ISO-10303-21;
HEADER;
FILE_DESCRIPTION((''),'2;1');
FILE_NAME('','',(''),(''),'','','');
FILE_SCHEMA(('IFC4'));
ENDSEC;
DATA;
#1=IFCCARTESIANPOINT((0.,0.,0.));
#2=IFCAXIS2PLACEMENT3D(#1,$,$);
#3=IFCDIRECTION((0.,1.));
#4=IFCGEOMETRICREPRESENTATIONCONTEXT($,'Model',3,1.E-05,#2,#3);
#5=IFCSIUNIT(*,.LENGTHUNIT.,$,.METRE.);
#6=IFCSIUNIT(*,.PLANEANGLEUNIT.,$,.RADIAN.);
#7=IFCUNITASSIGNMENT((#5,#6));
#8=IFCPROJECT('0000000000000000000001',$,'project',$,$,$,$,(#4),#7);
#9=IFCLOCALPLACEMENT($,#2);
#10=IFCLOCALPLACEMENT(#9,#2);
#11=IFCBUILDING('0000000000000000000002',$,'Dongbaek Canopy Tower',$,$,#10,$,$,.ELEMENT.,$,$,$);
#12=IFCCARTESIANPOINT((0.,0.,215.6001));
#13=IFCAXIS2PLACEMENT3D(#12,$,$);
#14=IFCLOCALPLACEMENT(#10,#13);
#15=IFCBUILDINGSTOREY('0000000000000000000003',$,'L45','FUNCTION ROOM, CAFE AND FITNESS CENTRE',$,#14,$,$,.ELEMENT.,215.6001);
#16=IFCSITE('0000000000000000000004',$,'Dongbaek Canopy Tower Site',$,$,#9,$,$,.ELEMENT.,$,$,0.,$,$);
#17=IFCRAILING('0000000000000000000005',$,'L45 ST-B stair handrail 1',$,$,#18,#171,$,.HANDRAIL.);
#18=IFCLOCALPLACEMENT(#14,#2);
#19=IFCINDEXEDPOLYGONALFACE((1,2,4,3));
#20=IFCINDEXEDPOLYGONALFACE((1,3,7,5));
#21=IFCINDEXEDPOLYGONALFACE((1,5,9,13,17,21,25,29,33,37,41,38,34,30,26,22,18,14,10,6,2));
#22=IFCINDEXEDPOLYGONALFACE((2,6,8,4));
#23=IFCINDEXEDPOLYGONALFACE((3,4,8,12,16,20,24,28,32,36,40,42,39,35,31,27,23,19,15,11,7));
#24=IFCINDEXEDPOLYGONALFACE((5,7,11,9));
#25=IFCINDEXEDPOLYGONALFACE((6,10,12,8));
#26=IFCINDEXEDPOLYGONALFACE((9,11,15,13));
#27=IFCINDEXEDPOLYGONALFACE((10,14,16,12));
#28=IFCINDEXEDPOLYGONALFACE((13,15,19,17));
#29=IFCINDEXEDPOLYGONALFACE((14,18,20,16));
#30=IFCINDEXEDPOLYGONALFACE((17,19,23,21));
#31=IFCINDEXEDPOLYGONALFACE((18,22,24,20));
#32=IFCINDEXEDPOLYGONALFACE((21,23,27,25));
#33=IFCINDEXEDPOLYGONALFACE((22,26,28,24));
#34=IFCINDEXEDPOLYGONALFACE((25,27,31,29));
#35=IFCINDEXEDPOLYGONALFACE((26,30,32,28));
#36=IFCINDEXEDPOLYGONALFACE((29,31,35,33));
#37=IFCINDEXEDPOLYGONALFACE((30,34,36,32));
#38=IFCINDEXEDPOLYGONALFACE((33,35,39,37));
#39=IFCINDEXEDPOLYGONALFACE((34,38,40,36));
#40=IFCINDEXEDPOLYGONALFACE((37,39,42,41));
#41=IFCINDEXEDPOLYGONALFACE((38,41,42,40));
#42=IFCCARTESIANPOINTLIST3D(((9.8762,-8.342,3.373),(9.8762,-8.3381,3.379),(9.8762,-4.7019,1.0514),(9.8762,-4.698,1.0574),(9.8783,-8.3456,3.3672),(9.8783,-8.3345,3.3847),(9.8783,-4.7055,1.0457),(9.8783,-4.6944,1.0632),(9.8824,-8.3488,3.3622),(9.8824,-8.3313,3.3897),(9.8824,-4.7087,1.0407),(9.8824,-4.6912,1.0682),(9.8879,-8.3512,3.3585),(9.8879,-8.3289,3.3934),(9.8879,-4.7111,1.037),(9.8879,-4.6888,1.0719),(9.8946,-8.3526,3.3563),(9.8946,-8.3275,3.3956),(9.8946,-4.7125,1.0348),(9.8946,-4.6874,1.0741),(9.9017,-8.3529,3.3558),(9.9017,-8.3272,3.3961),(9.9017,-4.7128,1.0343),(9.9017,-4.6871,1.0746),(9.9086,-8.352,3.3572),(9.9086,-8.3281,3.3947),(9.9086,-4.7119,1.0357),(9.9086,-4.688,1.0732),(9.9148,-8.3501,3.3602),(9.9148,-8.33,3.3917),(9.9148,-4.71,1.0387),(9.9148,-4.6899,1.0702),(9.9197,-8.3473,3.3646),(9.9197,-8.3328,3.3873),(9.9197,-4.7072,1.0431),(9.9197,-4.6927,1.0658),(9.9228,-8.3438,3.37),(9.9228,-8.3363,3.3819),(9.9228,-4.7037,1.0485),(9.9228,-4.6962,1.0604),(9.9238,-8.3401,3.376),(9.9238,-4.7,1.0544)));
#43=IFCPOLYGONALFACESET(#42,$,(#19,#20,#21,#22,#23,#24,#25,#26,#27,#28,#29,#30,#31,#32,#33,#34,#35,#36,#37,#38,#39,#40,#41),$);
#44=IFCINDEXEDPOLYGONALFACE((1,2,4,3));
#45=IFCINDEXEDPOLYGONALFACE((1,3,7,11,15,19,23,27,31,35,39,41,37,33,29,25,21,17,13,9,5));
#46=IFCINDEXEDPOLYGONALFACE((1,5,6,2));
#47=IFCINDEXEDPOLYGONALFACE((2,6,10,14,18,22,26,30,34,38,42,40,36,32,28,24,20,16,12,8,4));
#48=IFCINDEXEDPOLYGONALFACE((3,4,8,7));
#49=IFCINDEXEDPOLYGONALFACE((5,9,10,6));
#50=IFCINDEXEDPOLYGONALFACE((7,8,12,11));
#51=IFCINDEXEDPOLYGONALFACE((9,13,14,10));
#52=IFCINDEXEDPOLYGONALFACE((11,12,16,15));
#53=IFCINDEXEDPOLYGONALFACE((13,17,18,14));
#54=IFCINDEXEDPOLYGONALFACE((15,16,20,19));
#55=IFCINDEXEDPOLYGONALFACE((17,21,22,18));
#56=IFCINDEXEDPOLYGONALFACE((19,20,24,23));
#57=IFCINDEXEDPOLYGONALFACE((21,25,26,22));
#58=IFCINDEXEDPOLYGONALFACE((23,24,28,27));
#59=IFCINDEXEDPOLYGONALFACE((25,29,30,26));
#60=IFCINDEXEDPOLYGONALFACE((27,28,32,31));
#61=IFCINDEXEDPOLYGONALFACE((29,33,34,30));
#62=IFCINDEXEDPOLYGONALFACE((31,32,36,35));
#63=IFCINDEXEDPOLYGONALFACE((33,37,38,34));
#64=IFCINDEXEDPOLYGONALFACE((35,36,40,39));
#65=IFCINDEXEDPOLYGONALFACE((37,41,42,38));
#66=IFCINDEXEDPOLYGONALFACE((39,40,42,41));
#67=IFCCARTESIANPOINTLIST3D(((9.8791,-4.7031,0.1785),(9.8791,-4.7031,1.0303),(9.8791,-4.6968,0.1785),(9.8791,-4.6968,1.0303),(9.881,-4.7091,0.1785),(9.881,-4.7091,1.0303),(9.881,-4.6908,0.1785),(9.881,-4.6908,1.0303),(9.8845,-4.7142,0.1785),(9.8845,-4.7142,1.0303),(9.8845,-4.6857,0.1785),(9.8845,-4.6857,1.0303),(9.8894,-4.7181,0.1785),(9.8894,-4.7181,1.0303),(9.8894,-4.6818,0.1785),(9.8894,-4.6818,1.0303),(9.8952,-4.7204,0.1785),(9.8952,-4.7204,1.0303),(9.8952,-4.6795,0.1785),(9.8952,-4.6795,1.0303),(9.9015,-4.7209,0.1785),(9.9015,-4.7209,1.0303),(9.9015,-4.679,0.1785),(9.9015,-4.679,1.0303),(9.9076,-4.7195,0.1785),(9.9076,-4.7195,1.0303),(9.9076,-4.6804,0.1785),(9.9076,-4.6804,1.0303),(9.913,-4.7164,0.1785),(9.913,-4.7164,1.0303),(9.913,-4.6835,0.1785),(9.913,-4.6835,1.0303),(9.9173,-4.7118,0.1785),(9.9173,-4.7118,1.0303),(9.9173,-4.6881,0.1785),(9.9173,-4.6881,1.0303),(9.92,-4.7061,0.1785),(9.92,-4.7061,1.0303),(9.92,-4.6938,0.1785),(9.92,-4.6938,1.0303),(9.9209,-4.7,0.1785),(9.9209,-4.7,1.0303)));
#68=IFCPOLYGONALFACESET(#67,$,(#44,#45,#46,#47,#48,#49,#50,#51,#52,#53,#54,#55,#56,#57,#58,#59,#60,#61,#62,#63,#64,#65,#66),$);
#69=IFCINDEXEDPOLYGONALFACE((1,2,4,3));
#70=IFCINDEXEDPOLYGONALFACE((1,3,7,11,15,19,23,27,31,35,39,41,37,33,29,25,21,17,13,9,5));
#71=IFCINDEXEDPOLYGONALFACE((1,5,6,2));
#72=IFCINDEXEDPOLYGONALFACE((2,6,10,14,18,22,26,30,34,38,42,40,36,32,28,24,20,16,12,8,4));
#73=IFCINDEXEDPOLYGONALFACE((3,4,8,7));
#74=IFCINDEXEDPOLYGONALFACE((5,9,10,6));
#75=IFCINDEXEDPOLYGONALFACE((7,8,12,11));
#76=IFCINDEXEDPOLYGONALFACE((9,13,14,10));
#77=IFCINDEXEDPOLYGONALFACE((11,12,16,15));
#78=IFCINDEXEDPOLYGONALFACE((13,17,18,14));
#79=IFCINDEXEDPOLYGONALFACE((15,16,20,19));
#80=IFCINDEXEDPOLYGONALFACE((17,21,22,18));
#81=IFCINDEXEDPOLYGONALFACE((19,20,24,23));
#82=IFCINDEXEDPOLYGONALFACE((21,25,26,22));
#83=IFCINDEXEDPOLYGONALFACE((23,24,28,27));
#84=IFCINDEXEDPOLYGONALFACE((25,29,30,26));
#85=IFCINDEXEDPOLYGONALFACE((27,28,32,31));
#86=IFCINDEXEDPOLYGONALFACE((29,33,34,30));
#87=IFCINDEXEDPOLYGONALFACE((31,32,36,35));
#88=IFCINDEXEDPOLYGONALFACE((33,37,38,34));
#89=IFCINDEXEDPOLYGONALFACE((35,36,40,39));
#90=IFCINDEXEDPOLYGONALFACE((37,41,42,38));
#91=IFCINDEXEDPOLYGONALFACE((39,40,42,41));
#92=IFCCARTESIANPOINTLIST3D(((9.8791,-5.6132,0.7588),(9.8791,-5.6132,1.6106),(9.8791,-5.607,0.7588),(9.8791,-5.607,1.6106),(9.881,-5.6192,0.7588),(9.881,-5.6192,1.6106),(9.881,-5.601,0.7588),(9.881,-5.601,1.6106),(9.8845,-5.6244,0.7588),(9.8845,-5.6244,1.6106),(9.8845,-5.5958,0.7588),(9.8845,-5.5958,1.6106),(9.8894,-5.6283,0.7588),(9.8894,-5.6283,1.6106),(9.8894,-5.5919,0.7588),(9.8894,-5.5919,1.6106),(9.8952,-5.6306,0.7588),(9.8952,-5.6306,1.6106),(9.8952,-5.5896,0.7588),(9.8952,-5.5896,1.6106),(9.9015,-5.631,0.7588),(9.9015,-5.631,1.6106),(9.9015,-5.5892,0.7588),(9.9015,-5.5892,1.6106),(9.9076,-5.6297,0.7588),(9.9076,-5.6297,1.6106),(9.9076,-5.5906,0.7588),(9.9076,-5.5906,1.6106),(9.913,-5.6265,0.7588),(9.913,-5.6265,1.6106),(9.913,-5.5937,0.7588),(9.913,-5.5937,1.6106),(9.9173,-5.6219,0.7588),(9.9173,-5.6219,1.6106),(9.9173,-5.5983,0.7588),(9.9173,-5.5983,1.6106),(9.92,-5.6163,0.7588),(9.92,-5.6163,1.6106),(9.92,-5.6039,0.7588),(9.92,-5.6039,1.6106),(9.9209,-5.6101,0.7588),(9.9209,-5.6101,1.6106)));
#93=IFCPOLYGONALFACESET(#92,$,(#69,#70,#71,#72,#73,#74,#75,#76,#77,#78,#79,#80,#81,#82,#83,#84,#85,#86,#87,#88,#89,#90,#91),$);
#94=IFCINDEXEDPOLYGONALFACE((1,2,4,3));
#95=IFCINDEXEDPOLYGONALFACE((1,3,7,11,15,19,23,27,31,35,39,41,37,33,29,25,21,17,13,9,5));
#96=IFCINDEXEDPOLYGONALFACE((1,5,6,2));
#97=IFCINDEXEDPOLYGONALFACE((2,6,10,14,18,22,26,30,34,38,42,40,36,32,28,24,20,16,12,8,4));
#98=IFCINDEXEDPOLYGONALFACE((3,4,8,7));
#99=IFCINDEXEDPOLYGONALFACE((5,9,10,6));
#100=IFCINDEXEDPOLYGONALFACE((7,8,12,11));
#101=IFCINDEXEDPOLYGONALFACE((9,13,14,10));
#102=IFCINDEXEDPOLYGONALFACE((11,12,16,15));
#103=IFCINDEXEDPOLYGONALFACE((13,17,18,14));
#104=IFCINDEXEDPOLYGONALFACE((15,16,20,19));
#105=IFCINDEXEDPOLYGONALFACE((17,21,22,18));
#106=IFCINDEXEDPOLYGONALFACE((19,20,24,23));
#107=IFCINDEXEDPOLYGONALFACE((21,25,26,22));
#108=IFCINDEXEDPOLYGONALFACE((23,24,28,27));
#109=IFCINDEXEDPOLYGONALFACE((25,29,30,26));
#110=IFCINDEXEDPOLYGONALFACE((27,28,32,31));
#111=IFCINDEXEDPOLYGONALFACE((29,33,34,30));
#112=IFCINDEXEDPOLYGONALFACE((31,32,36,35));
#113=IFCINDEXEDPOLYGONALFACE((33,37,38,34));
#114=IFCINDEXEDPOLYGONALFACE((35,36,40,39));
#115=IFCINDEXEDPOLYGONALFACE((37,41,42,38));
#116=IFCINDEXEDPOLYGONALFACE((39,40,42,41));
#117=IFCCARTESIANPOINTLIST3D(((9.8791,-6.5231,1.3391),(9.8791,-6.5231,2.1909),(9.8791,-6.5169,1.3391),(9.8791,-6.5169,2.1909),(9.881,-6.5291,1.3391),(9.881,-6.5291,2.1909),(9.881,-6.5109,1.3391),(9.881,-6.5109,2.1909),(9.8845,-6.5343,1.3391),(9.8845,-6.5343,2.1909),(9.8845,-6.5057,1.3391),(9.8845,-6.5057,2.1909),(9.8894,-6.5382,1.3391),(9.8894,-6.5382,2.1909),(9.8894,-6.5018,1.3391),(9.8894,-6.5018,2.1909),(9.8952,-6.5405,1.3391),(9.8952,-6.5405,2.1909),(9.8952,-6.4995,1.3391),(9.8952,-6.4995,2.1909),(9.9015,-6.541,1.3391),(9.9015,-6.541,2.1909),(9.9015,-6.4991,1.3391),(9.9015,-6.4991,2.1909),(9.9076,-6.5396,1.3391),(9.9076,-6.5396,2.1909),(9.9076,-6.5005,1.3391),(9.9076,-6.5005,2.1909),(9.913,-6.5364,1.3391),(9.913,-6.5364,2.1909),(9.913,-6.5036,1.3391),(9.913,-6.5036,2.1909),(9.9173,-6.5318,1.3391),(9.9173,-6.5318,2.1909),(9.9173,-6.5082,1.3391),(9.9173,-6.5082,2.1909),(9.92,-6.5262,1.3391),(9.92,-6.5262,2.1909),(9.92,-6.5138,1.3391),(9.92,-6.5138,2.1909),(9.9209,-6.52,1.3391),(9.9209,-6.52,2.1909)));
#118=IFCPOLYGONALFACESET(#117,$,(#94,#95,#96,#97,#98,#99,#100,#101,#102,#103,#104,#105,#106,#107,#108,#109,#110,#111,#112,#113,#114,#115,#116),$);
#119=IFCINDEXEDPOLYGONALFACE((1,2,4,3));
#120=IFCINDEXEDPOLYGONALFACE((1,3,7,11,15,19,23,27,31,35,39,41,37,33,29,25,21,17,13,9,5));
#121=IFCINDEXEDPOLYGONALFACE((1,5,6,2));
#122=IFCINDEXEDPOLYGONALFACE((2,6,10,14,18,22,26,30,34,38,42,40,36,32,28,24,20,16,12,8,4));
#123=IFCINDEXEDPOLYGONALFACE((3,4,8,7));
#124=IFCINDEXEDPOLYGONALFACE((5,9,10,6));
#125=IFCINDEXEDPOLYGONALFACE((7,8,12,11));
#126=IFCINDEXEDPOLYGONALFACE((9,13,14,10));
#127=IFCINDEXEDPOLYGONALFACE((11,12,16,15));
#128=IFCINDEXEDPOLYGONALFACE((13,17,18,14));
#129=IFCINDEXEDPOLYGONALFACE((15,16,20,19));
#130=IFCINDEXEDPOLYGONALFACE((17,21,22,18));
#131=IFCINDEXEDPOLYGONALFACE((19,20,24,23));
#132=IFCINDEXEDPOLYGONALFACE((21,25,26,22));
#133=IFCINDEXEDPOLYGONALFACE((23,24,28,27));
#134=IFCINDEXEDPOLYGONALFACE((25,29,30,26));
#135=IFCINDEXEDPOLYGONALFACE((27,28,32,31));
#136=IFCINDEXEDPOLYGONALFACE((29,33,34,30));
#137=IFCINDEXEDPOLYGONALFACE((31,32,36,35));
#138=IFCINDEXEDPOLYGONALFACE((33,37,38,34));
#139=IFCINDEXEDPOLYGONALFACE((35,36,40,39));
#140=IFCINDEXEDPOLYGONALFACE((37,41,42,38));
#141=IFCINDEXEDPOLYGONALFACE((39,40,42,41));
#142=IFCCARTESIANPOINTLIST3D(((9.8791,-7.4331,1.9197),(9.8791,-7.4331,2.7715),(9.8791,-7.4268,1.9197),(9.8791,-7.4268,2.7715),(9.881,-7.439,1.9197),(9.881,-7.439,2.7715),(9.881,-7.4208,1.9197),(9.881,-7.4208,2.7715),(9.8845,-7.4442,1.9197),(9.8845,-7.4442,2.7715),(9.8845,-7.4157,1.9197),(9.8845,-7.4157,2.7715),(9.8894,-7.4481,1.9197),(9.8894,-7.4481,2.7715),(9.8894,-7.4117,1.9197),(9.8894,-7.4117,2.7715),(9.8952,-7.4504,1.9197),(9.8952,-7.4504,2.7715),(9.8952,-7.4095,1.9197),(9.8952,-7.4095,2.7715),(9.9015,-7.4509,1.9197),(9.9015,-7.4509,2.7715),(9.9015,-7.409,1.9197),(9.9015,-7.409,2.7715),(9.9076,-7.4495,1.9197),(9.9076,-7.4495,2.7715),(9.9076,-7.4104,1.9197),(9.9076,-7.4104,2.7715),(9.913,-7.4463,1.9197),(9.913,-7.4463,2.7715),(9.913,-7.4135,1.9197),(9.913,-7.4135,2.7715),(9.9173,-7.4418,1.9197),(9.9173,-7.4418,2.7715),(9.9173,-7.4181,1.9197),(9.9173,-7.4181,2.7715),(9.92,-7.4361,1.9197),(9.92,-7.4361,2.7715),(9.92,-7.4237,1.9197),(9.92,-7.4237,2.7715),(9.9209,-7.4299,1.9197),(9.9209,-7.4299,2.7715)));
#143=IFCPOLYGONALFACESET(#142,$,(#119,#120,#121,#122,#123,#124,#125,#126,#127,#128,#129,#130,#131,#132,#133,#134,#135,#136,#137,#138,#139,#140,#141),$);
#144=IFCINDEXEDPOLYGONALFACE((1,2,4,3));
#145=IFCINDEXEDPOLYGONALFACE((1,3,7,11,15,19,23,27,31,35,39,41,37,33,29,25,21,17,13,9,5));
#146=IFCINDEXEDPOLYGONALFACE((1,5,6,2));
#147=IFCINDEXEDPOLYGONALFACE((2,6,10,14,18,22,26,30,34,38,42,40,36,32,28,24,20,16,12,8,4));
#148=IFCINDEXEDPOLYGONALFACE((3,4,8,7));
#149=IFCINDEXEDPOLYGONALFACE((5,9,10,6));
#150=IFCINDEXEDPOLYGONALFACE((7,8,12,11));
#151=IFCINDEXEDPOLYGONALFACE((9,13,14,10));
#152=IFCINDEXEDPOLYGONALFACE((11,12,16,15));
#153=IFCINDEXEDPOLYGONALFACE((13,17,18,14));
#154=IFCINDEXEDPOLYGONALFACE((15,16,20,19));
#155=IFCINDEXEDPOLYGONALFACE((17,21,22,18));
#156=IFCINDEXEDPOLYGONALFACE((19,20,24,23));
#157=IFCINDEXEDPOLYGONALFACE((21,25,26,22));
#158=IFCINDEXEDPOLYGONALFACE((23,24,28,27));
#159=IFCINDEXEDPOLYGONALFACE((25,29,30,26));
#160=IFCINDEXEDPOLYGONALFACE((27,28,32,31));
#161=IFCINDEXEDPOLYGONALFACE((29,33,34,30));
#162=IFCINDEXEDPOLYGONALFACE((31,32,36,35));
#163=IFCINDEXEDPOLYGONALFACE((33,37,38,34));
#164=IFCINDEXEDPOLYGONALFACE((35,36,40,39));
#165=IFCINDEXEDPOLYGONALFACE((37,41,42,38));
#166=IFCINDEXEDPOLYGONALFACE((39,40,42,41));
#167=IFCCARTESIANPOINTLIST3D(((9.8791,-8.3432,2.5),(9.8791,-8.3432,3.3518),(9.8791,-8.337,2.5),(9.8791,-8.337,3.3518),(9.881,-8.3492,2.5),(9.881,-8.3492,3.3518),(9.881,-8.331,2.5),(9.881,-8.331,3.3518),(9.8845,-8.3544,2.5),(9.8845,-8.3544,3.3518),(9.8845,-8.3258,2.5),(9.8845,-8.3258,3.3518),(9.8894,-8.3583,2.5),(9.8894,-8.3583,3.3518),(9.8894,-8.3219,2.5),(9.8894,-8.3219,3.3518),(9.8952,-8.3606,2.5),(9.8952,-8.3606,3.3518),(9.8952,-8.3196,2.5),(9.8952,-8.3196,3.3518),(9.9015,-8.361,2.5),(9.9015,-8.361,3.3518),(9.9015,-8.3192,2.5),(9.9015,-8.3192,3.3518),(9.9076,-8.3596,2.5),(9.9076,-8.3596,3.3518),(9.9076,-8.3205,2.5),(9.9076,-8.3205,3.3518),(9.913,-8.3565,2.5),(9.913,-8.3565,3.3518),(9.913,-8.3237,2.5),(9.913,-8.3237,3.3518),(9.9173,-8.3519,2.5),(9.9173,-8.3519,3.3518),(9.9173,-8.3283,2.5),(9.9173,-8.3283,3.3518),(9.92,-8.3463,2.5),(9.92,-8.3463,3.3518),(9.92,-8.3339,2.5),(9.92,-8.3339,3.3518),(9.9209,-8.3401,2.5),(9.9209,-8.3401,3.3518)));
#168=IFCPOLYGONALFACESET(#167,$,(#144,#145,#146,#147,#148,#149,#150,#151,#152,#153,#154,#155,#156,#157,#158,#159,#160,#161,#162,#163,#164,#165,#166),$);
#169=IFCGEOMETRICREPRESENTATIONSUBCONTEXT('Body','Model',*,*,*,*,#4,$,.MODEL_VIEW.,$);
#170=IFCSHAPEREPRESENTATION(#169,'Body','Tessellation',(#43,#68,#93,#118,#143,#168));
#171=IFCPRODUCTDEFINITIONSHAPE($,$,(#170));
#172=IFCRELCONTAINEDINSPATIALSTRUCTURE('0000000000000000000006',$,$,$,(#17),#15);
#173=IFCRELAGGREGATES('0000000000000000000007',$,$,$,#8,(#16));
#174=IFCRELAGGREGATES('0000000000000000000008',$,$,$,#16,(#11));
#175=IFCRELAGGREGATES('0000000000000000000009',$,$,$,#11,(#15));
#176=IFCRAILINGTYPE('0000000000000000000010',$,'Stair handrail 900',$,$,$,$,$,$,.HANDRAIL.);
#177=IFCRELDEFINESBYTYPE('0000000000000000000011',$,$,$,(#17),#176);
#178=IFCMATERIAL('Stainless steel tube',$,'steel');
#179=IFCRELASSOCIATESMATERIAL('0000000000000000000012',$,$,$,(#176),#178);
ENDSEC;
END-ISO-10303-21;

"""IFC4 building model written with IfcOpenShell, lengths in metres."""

from ifc_helpers import new_model, si_unit, direction, frame, origin, origin_2d, place, context, subcontext, project, spatial, circle, extrude, material, type_object, element, save


model = new_model("IFC4")

# Units and contexts
model_context = context("Model", 3, precision=1e-05, world=origin(), true_north=direction((0.0, 1.0)))
body_context = subcontext(model_context, "Body", "Model", "MODEL_VIEW")
ifc_project = project(units=[si_unit("LENGTHUNIT", "METRE"), si_unit("PLANEANGLEUNIT", "RADIAN")], contexts=[model_context])

# Site, building, storey
site_placement = place(None, origin())
site = spatial("IfcSite", under=ifc_project, at=site_placement, Name="Dongbaek Canopy Tower Site", CompositionType="ELEMENT", RefElevation=0.0)
building_placement = place(site_placement, origin())
building = spatial("IfcBuilding", under=site, at=building_placement, Name="Dongbaek Canopy Tower", CompositionType="ELEMENT")
storey_placement = place(building_placement, frame((0.0, 0.0, 215.6001)))
storey = spatial("IfcBuildingStorey", under=building, at=storey_placement, Name="L45", Description="FUNCTION ROOM, CAFE AND FITNESS CENTRE", CompositionType="ELEMENT", Elevation=215.6001)

# Railing
ifc_material_1 = material(Name="Stainless steel tube", Category="steel")
railing_type = type_object("IfcRailingType", Name="Stair handrail 900", PredefinedType="HANDRAIL", material=ifc_material_1)
railing_placement = place(storey_placement, frame((9.8999, -4.7, 0.1785)))
element("IfcRailing", 1, at=railing_placement, inside=storey, type_object=railing_type, Name="L45 ST-B stair handrail 1", PredefinedType="HANDRAIL", context=body_context, shape_type="SweptSolid", body=[
    extrude(circle(Radius=0.0239, at=origin_2d()), frame((0.0, 0.0, 0.876), z_axis=(0.0, -0.843128, 0.537713), x_axis=(1.0, 0.0, 0.0)), (0.0, 0.0, 1.0), 4.3174),
    extrude(circle(Radius=0.021, at=origin_2d()), origin(), (0.0, 0.0, 1.0), 0.8518),
    extrude(circle(Radius=0.021, at=origin_2d()), frame((0.0, -0.9102, 0.5803)), (0.0, 0.0, 1.0), 0.8518),
    extrude(circle(Radius=0.021, at=origin_2d()), frame((0.0, -1.8201, 1.1606)), (0.0, 0.0, 1.0), 0.8518),
    extrude(circle(Radius=0.021, at=origin_2d()), frame((0.0, -2.73, 1.7412)), (0.0, 0.0, 1.0), 0.8518),
    extrude(circle(Radius=0.021, at=origin_2d()), frame((0.0, -3.6401, 2.3215)), (0.0, 0.0, 1.0), 0.8518),
])

save(model, "model.ifc")
